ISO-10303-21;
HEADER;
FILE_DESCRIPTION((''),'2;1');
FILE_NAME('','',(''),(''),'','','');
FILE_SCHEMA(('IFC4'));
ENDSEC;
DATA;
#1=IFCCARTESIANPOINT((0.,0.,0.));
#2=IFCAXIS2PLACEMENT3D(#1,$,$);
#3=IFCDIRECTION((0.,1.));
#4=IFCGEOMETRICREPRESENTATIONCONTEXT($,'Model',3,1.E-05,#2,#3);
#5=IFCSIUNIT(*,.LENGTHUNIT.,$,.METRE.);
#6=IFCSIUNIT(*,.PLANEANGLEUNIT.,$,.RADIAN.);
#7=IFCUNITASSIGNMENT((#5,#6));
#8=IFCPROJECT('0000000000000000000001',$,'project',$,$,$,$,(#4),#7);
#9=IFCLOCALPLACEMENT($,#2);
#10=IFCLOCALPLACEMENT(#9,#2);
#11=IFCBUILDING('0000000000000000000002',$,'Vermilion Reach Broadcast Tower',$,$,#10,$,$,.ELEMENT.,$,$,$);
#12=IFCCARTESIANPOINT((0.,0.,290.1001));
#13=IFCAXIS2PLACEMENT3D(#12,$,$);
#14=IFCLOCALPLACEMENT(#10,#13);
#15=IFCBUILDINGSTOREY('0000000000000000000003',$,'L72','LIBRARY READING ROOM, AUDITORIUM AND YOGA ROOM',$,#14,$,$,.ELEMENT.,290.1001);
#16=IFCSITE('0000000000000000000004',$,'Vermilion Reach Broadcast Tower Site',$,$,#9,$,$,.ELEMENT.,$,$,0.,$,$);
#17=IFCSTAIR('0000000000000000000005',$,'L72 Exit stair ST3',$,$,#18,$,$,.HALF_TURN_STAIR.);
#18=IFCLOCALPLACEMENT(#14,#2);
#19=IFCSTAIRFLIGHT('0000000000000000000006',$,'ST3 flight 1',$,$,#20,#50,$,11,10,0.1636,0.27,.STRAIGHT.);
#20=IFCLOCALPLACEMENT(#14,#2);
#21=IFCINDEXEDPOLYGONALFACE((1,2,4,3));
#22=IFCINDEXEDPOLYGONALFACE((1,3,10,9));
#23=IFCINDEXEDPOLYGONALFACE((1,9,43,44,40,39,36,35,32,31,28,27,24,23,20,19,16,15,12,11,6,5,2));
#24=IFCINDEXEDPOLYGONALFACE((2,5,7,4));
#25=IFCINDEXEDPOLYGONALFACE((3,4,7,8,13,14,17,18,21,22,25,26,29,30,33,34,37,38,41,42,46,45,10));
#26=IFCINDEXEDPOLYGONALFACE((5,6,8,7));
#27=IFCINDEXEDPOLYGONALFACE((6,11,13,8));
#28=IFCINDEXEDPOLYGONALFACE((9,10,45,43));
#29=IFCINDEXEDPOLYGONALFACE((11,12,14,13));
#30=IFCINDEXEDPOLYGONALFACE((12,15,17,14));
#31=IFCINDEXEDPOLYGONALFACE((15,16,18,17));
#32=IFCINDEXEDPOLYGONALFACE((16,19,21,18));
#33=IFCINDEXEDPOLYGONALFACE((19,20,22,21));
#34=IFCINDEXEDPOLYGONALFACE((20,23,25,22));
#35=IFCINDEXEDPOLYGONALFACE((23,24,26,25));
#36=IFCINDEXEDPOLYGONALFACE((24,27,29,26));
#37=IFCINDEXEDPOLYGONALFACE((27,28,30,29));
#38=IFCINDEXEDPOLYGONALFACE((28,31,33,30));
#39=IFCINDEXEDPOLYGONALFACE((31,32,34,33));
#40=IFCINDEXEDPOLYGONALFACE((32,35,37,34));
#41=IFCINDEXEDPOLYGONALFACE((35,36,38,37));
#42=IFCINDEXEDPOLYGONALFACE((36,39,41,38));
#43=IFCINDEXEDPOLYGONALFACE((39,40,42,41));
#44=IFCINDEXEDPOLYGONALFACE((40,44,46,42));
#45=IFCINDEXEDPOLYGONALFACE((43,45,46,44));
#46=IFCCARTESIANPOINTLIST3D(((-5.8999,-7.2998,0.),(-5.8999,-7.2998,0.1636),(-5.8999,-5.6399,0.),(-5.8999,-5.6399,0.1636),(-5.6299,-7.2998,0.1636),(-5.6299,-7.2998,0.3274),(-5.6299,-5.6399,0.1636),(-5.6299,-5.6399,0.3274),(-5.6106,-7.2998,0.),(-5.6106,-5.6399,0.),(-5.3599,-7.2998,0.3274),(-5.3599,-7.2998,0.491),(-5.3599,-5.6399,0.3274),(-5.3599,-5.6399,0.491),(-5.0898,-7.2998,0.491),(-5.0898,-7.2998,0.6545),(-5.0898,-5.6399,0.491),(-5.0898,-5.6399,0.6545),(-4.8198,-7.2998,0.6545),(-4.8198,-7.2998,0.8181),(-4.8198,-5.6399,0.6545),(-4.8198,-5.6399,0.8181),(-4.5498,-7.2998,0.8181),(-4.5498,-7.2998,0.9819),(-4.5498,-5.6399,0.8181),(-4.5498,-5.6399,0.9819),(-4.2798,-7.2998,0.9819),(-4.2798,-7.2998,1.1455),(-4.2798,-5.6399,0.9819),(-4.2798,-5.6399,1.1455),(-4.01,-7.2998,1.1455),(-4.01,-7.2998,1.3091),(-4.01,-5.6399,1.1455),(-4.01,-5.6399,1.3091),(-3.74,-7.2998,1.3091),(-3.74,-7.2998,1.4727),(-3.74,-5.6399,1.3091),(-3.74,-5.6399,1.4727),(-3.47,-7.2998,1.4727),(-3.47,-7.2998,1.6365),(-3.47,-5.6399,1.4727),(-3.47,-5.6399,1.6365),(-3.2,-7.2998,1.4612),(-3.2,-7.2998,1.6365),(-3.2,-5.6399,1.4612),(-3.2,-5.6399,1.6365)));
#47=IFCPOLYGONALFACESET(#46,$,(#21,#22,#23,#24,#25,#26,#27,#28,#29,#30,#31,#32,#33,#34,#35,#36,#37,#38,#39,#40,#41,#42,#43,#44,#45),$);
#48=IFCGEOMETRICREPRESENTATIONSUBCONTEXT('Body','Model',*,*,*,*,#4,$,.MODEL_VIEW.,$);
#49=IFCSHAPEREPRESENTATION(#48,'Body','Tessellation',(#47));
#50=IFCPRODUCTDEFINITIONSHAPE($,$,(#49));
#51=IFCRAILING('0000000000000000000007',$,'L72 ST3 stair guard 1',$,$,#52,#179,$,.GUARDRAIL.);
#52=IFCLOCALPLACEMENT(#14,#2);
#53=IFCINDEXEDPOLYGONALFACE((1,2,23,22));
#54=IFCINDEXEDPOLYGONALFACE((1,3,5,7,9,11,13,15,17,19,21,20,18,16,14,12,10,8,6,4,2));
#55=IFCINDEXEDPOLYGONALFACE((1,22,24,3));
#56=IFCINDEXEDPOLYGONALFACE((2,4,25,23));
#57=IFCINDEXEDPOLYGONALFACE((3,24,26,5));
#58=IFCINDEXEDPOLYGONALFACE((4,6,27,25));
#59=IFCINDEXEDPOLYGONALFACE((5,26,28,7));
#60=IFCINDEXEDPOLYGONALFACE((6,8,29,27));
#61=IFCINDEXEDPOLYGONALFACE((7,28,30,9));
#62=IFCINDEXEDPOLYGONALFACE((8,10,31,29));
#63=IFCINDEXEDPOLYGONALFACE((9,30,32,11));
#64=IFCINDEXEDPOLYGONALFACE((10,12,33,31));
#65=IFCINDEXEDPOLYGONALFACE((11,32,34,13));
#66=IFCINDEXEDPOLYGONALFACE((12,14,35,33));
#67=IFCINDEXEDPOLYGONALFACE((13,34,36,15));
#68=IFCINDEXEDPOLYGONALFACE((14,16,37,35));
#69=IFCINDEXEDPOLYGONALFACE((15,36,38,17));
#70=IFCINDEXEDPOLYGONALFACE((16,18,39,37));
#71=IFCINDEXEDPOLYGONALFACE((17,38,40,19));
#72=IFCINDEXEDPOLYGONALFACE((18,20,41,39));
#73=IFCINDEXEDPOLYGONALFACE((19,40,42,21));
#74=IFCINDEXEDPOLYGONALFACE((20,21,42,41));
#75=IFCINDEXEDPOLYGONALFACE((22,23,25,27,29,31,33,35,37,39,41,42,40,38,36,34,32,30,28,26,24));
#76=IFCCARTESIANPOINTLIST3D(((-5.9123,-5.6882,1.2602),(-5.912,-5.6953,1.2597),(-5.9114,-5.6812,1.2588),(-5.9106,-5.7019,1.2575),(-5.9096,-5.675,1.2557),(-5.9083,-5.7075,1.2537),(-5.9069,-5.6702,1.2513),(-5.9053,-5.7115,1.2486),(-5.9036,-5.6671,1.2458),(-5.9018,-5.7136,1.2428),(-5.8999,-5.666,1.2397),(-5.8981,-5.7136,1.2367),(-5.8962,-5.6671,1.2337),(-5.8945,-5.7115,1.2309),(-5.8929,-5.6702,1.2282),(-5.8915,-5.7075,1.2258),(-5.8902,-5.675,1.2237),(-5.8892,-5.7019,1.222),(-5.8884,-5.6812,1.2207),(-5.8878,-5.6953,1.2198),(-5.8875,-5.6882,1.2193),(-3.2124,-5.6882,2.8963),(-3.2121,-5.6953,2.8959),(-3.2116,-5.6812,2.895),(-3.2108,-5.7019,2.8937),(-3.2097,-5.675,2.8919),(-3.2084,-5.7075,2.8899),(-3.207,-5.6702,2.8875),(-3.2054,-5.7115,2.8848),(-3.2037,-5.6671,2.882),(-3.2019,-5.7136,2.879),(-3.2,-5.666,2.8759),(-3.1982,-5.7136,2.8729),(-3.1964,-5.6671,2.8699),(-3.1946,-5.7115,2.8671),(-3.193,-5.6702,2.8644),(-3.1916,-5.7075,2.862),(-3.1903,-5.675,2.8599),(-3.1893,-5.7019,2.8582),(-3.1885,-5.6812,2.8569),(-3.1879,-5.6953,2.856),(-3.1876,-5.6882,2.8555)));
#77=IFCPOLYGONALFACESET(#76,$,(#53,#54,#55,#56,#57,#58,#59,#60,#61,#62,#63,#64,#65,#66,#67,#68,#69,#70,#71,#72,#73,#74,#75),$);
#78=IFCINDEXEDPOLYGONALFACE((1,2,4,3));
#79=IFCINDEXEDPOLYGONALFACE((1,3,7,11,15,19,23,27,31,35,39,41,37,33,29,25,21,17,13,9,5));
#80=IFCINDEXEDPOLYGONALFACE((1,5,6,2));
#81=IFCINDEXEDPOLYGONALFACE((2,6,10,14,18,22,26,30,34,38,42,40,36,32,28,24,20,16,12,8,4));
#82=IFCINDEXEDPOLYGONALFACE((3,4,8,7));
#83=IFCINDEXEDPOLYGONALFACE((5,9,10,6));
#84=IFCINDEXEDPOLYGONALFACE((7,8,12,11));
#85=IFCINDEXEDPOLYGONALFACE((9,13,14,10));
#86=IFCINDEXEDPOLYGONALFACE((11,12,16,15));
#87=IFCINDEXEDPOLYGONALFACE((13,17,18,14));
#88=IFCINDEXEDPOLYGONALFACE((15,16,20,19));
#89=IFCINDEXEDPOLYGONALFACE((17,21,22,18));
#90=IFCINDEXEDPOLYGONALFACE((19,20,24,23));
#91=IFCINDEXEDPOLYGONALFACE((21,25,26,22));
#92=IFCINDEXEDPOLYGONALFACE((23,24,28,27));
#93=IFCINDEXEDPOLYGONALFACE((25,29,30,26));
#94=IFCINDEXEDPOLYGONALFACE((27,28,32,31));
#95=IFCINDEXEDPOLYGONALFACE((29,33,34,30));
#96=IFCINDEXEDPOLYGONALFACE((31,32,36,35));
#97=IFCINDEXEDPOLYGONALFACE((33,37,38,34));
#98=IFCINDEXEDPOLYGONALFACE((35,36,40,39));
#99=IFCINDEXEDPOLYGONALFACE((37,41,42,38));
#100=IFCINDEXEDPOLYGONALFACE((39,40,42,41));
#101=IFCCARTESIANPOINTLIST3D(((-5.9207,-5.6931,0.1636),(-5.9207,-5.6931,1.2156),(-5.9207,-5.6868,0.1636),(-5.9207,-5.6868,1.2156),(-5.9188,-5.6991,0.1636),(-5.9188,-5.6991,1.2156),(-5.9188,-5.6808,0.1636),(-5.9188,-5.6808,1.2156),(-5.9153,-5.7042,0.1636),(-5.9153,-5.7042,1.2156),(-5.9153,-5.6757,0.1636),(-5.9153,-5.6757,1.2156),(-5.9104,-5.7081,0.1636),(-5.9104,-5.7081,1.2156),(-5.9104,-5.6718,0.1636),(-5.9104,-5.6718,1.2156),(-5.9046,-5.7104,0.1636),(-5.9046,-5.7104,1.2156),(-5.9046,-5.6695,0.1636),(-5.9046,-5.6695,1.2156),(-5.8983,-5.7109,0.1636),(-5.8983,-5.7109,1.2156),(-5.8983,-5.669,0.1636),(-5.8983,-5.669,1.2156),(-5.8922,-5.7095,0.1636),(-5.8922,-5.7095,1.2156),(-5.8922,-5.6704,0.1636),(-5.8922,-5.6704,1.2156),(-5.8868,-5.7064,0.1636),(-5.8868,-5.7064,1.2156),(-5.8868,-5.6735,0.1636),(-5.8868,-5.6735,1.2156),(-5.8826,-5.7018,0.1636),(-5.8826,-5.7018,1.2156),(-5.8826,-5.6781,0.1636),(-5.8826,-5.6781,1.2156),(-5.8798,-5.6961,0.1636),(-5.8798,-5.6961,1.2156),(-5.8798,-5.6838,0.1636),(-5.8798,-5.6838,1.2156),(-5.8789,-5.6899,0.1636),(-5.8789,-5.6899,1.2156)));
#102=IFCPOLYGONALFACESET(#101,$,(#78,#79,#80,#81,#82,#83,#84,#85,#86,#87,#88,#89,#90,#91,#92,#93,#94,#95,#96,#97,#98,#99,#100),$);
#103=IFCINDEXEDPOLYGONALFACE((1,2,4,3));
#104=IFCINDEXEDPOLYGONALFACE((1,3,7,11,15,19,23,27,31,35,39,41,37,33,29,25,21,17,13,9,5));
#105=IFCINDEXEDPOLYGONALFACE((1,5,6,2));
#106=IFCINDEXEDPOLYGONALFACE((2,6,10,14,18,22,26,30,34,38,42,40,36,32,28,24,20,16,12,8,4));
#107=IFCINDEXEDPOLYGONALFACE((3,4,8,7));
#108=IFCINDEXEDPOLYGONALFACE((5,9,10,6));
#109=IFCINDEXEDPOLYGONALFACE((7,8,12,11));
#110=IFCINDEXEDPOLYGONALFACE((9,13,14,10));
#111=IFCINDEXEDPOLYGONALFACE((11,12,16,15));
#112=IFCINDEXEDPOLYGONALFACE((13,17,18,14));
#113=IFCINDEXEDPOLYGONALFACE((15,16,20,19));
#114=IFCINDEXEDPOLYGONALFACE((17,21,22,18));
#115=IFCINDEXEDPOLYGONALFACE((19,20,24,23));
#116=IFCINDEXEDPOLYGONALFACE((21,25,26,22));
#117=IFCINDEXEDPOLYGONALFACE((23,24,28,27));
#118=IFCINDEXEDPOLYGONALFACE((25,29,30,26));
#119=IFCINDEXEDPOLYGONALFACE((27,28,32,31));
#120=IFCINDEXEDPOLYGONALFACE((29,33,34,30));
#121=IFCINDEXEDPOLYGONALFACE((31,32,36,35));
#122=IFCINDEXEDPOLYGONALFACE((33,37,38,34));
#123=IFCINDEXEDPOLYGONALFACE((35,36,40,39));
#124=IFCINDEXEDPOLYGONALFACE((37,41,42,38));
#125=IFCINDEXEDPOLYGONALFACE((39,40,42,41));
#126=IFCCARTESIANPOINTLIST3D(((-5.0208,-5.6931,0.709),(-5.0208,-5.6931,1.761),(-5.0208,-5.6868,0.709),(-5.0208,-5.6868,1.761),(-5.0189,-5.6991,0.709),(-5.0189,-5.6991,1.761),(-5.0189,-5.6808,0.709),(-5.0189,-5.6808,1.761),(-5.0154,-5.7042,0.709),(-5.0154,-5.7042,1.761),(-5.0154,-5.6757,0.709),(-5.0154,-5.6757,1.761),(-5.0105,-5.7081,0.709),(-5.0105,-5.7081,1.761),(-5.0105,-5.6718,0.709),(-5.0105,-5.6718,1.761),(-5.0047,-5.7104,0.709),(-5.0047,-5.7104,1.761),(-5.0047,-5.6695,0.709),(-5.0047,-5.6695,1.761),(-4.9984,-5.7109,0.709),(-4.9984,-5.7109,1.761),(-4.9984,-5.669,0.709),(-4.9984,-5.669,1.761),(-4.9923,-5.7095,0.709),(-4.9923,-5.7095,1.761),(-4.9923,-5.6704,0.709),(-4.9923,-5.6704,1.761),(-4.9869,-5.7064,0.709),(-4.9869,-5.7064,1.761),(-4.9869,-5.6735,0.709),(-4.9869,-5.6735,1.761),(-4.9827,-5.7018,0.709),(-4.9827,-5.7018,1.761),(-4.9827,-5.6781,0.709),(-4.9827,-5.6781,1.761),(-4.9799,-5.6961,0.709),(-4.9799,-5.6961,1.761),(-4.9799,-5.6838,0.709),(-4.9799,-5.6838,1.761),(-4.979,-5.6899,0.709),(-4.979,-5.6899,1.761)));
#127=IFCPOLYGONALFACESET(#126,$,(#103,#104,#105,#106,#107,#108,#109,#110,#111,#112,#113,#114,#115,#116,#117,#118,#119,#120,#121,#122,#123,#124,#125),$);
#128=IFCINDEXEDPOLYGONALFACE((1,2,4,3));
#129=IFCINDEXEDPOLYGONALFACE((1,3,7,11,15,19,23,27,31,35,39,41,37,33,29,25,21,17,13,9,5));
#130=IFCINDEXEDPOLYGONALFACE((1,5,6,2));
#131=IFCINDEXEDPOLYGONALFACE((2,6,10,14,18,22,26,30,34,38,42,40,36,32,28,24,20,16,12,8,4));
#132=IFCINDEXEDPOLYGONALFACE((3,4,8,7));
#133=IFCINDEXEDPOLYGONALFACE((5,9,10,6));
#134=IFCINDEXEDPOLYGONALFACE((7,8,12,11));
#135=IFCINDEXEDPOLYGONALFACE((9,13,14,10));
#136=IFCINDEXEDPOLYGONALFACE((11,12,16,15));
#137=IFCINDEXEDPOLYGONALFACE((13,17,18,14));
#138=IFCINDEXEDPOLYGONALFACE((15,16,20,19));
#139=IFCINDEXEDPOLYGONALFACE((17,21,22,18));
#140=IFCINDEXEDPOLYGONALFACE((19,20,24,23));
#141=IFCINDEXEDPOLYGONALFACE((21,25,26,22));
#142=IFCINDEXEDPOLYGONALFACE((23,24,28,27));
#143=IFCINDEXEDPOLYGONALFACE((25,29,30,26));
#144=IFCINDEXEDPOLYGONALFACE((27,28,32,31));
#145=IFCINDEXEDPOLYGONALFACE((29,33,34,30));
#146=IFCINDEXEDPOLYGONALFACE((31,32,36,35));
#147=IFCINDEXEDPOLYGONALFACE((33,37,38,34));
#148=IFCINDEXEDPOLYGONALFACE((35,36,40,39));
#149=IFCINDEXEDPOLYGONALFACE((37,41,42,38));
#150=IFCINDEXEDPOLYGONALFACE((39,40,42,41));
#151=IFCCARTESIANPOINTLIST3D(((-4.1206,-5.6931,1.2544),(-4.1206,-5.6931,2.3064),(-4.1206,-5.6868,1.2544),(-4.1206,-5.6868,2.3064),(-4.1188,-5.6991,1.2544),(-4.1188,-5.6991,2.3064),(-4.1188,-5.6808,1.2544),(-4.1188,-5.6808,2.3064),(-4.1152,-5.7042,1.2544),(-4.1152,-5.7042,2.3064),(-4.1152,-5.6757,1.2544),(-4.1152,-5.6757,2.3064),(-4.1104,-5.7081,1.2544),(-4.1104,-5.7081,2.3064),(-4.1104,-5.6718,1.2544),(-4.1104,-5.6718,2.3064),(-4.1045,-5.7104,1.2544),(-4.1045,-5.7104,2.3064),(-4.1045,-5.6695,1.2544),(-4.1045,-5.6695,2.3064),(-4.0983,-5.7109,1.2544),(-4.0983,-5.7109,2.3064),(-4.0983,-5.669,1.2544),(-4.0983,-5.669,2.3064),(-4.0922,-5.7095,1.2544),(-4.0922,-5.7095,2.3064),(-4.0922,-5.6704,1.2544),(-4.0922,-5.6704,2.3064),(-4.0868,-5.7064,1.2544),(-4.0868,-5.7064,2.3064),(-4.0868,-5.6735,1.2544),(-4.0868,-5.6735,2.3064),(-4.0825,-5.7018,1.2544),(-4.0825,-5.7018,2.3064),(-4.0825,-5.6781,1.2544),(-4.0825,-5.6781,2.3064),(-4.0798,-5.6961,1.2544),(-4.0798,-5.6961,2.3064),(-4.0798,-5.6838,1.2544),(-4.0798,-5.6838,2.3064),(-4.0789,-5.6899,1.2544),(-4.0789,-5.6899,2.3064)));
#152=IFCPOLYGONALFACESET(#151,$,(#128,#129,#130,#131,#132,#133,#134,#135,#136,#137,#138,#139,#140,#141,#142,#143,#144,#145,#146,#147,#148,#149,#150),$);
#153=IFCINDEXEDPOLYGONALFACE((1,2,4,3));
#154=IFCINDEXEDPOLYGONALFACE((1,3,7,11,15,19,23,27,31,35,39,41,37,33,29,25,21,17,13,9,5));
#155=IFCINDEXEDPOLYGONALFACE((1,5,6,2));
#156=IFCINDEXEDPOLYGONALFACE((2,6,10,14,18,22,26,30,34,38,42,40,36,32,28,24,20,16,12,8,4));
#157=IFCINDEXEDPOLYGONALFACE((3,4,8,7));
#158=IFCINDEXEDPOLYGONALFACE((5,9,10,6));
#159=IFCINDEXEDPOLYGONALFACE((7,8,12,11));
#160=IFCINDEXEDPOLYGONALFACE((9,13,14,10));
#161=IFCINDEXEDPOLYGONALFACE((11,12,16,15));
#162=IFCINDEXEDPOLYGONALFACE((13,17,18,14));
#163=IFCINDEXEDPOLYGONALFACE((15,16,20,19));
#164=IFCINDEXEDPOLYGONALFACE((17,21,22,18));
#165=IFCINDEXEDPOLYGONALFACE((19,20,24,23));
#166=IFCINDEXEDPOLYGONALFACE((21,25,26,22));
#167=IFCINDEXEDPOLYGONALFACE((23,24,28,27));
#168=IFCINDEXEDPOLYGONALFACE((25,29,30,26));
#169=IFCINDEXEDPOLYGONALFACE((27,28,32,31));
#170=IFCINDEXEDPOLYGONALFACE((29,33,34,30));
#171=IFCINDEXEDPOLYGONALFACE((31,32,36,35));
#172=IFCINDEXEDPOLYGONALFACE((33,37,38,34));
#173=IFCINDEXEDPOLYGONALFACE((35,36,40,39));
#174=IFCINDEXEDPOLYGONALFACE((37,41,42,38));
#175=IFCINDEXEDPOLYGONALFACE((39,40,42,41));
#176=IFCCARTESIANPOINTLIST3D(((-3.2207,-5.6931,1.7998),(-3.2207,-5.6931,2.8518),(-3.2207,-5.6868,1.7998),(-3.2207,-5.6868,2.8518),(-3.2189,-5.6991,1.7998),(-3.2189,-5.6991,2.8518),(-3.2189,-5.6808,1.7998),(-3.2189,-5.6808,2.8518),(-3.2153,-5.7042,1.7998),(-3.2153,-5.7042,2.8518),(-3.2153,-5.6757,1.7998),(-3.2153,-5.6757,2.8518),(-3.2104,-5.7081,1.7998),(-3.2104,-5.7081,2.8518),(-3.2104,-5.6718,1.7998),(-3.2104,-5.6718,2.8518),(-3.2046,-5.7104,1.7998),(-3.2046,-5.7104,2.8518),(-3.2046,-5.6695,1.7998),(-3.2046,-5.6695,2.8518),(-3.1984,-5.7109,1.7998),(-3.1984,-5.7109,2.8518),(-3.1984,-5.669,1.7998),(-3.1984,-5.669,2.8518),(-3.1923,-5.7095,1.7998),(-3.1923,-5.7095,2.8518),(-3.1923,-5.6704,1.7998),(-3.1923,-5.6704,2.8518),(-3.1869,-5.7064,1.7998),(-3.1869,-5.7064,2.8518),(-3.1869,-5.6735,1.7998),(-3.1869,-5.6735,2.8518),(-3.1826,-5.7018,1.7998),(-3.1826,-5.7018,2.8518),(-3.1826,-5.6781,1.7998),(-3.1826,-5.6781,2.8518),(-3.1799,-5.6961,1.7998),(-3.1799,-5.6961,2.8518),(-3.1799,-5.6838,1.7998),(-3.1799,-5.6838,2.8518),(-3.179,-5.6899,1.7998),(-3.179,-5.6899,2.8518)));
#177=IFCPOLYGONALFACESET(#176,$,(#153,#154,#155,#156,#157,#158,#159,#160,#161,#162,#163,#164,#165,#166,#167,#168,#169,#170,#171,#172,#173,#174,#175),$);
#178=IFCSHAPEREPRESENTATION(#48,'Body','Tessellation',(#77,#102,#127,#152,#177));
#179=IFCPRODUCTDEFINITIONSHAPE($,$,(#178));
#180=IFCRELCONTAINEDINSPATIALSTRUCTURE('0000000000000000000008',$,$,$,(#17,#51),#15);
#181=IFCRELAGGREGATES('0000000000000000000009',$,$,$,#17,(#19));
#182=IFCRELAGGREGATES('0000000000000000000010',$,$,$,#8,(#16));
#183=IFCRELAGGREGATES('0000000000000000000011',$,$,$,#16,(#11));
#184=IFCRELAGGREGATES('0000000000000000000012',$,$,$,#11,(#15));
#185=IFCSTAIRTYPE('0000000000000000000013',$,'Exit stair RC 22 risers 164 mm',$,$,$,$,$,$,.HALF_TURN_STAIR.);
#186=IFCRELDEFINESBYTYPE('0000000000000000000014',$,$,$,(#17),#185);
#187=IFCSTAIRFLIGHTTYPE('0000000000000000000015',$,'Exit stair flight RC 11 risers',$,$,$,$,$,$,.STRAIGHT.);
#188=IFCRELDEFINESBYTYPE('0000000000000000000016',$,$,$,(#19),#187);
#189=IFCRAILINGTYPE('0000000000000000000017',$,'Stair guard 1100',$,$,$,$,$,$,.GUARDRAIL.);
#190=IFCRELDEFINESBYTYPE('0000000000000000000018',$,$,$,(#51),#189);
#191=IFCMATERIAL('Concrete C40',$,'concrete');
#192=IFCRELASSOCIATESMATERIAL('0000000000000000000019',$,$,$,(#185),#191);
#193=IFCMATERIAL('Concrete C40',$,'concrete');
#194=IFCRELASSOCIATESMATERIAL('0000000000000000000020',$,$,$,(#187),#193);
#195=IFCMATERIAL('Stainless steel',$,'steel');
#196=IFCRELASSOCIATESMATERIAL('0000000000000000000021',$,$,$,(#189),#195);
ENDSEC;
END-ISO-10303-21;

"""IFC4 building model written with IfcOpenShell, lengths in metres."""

from ifc_helpers import new_model, si_unit, direction, frame, origin, origin_2d, place, context, subcontext, project, spatial, polyline, circle, outline, extrude, material, type_object, element, aggregate, save


model = new_model("IFC4")

# Units and contexts
model_context = context("Model", 3, precision=1e-05, world=origin(), true_north=direction((0.0, 1.0)))
body_context = subcontext(model_context, "Body", "Model", "MODEL_VIEW")
ifc_project = project(units=[si_unit("LENGTHUNIT", "METRE"), si_unit("PLANEANGLEUNIT", "RADIAN")], contexts=[model_context])

# Site, building, storey
site_placement = place(None, origin())
site = spatial("IfcSite", under=ifc_project, at=site_placement, Name="Vermilion Reach Broadcast Tower Site", CompositionType="ELEMENT", RefElevation=0.0)
building_placement = place(site_placement, origin())
building = spatial("IfcBuilding", under=site, at=building_placement, Name="Vermilion Reach Broadcast Tower", CompositionType="ELEMENT")
storey_placement = place(building_placement, frame((0.0, 0.0, 290.1001)))
storey = spatial("IfcBuildingStorey", under=building, at=storey_placement, Name="L72", Description="LIBRARY READING ROOM, AUDITORIUM AND YOGA ROOM", CompositionType="ELEMENT", Elevation=290.1001)

# Stair, stair flight
ifc_material_1 = material(Name="Concrete C40", Category="concrete")
stair_type = type_object("IfcStairType", Name="Exit stair RC 22 risers 164 mm", PredefinedType="HALF_TURN_STAIR", material=ifc_material_1)
stair_placement = place(storey_placement, origin())
stair = element("IfcStair", 1, at=stair_placement, inside=storey, type_object=stair_type, Name="L72 Exit stair ST3", PredefinedType="HALF_TURN_STAIR")
ifc_material_2 = material(Name="Concrete C40", Category="concrete")
stair_flight_type = type_object("IfcStairFlightType", Name="Exit stair flight RC 11 risers", PredefinedType="STRAIGHT", material=ifc_material_2)
stair_flight_placement = place(storey_placement, frame((-5.8999, -6.47, 0.0), z_axis=(0.0, 0.0, 1.0), x_axis=(1.0, 0.0, 0.0)))
stair_flight = element("IfcStairFlight", 2, at=stair_flight_placement, type_object=stair_flight_type, Name="ST3 flight 1", NumberOfRisers=11, NumberOfTreads=10, PredefinedType="STRAIGHT", RiserHeight=0.1636, TreadLength=0.27, context=body_context, shape_type="SweptSolid", body=[
    extrude(outline(polyline([(0.0, 0.0), (0.0, 0.1636), (0.27, 0.1636), (0.27, 0.3274), (0.54, 0.3274), (0.54, 0.491), (0.8101, 0.491), (0.8101, 0.6545), (1.0801, 0.6545), (1.0801, 0.8181), (1.3501, 0.8181), (1.3501, 0.9819), (1.6201, 0.9819), (1.6201, 1.1455), (1.8899, 1.1455), (1.8899, 1.3091), (2.1599, 1.3091), (2.1599, 1.4727), (2.4299, 1.4727), (2.4299, 1.6365), (2.7, 1.6365), (2.7, 1.8), (2.7, 1.4612), (0.2893, 0.0), (0.0, 0.0)])), frame((0.0, 0.8301, 0.0), z_axis=(0.0, -1.0, 0.0), x_axis=(1.0, 0.0, 0.0)), (0.0, 0.0, 1.0), 1.6599),
])
aggregate(stair, [stair_flight])

# Railing
ifc_material_3 = material(Name="Stainless steel", Category="steel")
railing_type_1 = type_object("IfcRailingType", Name="Stair guard 1100", PredefinedType="GUARDRAIL", material=ifc_material_3)
railing_1_placement = place(storey_placement, frame((-5.8999, -5.6899, 0.1636)))
element("IfcRailing", 3, at=railing_1_placement, inside=storey, type_object=railing_type_1, Name="L72 ST3 stair guard 1", PredefinedType="GUARDRAIL", context=body_context, shape_type="SweptSolid", body=[
    extrude(circle(Radius=0.0239, at=origin_2d()), frame((0.0, 0.0, 1.0762), z_axis=(0.855212, 0.0, 0.518278), x_axis=(0.0, 1.0, 0.0)), (0.0, 0.0, 1.0), 3.157),
    extrude(circle(Radius=0.021, at=origin_2d()), origin(), (0.0, 0.0, 1.0), 1.052),
    extrude(circle(Radius=0.021, at=origin_2d()), frame((0.8999, 0.0, 0.5454)), (0.0, 0.0, 1.0), 1.052),
    extrude(circle(Radius=0.021, at=origin_2d()), frame((1.8, 0.0, 1.0908)), (0.0, 0.0, 1.0), 1.052),
    extrude(circle(Radius=0.021, at=origin_2d()), frame((2.7, 0.0, 1.6362)), (0.0, 0.0, 1.0), 1.052),
])

save(model, "model.ifc")
